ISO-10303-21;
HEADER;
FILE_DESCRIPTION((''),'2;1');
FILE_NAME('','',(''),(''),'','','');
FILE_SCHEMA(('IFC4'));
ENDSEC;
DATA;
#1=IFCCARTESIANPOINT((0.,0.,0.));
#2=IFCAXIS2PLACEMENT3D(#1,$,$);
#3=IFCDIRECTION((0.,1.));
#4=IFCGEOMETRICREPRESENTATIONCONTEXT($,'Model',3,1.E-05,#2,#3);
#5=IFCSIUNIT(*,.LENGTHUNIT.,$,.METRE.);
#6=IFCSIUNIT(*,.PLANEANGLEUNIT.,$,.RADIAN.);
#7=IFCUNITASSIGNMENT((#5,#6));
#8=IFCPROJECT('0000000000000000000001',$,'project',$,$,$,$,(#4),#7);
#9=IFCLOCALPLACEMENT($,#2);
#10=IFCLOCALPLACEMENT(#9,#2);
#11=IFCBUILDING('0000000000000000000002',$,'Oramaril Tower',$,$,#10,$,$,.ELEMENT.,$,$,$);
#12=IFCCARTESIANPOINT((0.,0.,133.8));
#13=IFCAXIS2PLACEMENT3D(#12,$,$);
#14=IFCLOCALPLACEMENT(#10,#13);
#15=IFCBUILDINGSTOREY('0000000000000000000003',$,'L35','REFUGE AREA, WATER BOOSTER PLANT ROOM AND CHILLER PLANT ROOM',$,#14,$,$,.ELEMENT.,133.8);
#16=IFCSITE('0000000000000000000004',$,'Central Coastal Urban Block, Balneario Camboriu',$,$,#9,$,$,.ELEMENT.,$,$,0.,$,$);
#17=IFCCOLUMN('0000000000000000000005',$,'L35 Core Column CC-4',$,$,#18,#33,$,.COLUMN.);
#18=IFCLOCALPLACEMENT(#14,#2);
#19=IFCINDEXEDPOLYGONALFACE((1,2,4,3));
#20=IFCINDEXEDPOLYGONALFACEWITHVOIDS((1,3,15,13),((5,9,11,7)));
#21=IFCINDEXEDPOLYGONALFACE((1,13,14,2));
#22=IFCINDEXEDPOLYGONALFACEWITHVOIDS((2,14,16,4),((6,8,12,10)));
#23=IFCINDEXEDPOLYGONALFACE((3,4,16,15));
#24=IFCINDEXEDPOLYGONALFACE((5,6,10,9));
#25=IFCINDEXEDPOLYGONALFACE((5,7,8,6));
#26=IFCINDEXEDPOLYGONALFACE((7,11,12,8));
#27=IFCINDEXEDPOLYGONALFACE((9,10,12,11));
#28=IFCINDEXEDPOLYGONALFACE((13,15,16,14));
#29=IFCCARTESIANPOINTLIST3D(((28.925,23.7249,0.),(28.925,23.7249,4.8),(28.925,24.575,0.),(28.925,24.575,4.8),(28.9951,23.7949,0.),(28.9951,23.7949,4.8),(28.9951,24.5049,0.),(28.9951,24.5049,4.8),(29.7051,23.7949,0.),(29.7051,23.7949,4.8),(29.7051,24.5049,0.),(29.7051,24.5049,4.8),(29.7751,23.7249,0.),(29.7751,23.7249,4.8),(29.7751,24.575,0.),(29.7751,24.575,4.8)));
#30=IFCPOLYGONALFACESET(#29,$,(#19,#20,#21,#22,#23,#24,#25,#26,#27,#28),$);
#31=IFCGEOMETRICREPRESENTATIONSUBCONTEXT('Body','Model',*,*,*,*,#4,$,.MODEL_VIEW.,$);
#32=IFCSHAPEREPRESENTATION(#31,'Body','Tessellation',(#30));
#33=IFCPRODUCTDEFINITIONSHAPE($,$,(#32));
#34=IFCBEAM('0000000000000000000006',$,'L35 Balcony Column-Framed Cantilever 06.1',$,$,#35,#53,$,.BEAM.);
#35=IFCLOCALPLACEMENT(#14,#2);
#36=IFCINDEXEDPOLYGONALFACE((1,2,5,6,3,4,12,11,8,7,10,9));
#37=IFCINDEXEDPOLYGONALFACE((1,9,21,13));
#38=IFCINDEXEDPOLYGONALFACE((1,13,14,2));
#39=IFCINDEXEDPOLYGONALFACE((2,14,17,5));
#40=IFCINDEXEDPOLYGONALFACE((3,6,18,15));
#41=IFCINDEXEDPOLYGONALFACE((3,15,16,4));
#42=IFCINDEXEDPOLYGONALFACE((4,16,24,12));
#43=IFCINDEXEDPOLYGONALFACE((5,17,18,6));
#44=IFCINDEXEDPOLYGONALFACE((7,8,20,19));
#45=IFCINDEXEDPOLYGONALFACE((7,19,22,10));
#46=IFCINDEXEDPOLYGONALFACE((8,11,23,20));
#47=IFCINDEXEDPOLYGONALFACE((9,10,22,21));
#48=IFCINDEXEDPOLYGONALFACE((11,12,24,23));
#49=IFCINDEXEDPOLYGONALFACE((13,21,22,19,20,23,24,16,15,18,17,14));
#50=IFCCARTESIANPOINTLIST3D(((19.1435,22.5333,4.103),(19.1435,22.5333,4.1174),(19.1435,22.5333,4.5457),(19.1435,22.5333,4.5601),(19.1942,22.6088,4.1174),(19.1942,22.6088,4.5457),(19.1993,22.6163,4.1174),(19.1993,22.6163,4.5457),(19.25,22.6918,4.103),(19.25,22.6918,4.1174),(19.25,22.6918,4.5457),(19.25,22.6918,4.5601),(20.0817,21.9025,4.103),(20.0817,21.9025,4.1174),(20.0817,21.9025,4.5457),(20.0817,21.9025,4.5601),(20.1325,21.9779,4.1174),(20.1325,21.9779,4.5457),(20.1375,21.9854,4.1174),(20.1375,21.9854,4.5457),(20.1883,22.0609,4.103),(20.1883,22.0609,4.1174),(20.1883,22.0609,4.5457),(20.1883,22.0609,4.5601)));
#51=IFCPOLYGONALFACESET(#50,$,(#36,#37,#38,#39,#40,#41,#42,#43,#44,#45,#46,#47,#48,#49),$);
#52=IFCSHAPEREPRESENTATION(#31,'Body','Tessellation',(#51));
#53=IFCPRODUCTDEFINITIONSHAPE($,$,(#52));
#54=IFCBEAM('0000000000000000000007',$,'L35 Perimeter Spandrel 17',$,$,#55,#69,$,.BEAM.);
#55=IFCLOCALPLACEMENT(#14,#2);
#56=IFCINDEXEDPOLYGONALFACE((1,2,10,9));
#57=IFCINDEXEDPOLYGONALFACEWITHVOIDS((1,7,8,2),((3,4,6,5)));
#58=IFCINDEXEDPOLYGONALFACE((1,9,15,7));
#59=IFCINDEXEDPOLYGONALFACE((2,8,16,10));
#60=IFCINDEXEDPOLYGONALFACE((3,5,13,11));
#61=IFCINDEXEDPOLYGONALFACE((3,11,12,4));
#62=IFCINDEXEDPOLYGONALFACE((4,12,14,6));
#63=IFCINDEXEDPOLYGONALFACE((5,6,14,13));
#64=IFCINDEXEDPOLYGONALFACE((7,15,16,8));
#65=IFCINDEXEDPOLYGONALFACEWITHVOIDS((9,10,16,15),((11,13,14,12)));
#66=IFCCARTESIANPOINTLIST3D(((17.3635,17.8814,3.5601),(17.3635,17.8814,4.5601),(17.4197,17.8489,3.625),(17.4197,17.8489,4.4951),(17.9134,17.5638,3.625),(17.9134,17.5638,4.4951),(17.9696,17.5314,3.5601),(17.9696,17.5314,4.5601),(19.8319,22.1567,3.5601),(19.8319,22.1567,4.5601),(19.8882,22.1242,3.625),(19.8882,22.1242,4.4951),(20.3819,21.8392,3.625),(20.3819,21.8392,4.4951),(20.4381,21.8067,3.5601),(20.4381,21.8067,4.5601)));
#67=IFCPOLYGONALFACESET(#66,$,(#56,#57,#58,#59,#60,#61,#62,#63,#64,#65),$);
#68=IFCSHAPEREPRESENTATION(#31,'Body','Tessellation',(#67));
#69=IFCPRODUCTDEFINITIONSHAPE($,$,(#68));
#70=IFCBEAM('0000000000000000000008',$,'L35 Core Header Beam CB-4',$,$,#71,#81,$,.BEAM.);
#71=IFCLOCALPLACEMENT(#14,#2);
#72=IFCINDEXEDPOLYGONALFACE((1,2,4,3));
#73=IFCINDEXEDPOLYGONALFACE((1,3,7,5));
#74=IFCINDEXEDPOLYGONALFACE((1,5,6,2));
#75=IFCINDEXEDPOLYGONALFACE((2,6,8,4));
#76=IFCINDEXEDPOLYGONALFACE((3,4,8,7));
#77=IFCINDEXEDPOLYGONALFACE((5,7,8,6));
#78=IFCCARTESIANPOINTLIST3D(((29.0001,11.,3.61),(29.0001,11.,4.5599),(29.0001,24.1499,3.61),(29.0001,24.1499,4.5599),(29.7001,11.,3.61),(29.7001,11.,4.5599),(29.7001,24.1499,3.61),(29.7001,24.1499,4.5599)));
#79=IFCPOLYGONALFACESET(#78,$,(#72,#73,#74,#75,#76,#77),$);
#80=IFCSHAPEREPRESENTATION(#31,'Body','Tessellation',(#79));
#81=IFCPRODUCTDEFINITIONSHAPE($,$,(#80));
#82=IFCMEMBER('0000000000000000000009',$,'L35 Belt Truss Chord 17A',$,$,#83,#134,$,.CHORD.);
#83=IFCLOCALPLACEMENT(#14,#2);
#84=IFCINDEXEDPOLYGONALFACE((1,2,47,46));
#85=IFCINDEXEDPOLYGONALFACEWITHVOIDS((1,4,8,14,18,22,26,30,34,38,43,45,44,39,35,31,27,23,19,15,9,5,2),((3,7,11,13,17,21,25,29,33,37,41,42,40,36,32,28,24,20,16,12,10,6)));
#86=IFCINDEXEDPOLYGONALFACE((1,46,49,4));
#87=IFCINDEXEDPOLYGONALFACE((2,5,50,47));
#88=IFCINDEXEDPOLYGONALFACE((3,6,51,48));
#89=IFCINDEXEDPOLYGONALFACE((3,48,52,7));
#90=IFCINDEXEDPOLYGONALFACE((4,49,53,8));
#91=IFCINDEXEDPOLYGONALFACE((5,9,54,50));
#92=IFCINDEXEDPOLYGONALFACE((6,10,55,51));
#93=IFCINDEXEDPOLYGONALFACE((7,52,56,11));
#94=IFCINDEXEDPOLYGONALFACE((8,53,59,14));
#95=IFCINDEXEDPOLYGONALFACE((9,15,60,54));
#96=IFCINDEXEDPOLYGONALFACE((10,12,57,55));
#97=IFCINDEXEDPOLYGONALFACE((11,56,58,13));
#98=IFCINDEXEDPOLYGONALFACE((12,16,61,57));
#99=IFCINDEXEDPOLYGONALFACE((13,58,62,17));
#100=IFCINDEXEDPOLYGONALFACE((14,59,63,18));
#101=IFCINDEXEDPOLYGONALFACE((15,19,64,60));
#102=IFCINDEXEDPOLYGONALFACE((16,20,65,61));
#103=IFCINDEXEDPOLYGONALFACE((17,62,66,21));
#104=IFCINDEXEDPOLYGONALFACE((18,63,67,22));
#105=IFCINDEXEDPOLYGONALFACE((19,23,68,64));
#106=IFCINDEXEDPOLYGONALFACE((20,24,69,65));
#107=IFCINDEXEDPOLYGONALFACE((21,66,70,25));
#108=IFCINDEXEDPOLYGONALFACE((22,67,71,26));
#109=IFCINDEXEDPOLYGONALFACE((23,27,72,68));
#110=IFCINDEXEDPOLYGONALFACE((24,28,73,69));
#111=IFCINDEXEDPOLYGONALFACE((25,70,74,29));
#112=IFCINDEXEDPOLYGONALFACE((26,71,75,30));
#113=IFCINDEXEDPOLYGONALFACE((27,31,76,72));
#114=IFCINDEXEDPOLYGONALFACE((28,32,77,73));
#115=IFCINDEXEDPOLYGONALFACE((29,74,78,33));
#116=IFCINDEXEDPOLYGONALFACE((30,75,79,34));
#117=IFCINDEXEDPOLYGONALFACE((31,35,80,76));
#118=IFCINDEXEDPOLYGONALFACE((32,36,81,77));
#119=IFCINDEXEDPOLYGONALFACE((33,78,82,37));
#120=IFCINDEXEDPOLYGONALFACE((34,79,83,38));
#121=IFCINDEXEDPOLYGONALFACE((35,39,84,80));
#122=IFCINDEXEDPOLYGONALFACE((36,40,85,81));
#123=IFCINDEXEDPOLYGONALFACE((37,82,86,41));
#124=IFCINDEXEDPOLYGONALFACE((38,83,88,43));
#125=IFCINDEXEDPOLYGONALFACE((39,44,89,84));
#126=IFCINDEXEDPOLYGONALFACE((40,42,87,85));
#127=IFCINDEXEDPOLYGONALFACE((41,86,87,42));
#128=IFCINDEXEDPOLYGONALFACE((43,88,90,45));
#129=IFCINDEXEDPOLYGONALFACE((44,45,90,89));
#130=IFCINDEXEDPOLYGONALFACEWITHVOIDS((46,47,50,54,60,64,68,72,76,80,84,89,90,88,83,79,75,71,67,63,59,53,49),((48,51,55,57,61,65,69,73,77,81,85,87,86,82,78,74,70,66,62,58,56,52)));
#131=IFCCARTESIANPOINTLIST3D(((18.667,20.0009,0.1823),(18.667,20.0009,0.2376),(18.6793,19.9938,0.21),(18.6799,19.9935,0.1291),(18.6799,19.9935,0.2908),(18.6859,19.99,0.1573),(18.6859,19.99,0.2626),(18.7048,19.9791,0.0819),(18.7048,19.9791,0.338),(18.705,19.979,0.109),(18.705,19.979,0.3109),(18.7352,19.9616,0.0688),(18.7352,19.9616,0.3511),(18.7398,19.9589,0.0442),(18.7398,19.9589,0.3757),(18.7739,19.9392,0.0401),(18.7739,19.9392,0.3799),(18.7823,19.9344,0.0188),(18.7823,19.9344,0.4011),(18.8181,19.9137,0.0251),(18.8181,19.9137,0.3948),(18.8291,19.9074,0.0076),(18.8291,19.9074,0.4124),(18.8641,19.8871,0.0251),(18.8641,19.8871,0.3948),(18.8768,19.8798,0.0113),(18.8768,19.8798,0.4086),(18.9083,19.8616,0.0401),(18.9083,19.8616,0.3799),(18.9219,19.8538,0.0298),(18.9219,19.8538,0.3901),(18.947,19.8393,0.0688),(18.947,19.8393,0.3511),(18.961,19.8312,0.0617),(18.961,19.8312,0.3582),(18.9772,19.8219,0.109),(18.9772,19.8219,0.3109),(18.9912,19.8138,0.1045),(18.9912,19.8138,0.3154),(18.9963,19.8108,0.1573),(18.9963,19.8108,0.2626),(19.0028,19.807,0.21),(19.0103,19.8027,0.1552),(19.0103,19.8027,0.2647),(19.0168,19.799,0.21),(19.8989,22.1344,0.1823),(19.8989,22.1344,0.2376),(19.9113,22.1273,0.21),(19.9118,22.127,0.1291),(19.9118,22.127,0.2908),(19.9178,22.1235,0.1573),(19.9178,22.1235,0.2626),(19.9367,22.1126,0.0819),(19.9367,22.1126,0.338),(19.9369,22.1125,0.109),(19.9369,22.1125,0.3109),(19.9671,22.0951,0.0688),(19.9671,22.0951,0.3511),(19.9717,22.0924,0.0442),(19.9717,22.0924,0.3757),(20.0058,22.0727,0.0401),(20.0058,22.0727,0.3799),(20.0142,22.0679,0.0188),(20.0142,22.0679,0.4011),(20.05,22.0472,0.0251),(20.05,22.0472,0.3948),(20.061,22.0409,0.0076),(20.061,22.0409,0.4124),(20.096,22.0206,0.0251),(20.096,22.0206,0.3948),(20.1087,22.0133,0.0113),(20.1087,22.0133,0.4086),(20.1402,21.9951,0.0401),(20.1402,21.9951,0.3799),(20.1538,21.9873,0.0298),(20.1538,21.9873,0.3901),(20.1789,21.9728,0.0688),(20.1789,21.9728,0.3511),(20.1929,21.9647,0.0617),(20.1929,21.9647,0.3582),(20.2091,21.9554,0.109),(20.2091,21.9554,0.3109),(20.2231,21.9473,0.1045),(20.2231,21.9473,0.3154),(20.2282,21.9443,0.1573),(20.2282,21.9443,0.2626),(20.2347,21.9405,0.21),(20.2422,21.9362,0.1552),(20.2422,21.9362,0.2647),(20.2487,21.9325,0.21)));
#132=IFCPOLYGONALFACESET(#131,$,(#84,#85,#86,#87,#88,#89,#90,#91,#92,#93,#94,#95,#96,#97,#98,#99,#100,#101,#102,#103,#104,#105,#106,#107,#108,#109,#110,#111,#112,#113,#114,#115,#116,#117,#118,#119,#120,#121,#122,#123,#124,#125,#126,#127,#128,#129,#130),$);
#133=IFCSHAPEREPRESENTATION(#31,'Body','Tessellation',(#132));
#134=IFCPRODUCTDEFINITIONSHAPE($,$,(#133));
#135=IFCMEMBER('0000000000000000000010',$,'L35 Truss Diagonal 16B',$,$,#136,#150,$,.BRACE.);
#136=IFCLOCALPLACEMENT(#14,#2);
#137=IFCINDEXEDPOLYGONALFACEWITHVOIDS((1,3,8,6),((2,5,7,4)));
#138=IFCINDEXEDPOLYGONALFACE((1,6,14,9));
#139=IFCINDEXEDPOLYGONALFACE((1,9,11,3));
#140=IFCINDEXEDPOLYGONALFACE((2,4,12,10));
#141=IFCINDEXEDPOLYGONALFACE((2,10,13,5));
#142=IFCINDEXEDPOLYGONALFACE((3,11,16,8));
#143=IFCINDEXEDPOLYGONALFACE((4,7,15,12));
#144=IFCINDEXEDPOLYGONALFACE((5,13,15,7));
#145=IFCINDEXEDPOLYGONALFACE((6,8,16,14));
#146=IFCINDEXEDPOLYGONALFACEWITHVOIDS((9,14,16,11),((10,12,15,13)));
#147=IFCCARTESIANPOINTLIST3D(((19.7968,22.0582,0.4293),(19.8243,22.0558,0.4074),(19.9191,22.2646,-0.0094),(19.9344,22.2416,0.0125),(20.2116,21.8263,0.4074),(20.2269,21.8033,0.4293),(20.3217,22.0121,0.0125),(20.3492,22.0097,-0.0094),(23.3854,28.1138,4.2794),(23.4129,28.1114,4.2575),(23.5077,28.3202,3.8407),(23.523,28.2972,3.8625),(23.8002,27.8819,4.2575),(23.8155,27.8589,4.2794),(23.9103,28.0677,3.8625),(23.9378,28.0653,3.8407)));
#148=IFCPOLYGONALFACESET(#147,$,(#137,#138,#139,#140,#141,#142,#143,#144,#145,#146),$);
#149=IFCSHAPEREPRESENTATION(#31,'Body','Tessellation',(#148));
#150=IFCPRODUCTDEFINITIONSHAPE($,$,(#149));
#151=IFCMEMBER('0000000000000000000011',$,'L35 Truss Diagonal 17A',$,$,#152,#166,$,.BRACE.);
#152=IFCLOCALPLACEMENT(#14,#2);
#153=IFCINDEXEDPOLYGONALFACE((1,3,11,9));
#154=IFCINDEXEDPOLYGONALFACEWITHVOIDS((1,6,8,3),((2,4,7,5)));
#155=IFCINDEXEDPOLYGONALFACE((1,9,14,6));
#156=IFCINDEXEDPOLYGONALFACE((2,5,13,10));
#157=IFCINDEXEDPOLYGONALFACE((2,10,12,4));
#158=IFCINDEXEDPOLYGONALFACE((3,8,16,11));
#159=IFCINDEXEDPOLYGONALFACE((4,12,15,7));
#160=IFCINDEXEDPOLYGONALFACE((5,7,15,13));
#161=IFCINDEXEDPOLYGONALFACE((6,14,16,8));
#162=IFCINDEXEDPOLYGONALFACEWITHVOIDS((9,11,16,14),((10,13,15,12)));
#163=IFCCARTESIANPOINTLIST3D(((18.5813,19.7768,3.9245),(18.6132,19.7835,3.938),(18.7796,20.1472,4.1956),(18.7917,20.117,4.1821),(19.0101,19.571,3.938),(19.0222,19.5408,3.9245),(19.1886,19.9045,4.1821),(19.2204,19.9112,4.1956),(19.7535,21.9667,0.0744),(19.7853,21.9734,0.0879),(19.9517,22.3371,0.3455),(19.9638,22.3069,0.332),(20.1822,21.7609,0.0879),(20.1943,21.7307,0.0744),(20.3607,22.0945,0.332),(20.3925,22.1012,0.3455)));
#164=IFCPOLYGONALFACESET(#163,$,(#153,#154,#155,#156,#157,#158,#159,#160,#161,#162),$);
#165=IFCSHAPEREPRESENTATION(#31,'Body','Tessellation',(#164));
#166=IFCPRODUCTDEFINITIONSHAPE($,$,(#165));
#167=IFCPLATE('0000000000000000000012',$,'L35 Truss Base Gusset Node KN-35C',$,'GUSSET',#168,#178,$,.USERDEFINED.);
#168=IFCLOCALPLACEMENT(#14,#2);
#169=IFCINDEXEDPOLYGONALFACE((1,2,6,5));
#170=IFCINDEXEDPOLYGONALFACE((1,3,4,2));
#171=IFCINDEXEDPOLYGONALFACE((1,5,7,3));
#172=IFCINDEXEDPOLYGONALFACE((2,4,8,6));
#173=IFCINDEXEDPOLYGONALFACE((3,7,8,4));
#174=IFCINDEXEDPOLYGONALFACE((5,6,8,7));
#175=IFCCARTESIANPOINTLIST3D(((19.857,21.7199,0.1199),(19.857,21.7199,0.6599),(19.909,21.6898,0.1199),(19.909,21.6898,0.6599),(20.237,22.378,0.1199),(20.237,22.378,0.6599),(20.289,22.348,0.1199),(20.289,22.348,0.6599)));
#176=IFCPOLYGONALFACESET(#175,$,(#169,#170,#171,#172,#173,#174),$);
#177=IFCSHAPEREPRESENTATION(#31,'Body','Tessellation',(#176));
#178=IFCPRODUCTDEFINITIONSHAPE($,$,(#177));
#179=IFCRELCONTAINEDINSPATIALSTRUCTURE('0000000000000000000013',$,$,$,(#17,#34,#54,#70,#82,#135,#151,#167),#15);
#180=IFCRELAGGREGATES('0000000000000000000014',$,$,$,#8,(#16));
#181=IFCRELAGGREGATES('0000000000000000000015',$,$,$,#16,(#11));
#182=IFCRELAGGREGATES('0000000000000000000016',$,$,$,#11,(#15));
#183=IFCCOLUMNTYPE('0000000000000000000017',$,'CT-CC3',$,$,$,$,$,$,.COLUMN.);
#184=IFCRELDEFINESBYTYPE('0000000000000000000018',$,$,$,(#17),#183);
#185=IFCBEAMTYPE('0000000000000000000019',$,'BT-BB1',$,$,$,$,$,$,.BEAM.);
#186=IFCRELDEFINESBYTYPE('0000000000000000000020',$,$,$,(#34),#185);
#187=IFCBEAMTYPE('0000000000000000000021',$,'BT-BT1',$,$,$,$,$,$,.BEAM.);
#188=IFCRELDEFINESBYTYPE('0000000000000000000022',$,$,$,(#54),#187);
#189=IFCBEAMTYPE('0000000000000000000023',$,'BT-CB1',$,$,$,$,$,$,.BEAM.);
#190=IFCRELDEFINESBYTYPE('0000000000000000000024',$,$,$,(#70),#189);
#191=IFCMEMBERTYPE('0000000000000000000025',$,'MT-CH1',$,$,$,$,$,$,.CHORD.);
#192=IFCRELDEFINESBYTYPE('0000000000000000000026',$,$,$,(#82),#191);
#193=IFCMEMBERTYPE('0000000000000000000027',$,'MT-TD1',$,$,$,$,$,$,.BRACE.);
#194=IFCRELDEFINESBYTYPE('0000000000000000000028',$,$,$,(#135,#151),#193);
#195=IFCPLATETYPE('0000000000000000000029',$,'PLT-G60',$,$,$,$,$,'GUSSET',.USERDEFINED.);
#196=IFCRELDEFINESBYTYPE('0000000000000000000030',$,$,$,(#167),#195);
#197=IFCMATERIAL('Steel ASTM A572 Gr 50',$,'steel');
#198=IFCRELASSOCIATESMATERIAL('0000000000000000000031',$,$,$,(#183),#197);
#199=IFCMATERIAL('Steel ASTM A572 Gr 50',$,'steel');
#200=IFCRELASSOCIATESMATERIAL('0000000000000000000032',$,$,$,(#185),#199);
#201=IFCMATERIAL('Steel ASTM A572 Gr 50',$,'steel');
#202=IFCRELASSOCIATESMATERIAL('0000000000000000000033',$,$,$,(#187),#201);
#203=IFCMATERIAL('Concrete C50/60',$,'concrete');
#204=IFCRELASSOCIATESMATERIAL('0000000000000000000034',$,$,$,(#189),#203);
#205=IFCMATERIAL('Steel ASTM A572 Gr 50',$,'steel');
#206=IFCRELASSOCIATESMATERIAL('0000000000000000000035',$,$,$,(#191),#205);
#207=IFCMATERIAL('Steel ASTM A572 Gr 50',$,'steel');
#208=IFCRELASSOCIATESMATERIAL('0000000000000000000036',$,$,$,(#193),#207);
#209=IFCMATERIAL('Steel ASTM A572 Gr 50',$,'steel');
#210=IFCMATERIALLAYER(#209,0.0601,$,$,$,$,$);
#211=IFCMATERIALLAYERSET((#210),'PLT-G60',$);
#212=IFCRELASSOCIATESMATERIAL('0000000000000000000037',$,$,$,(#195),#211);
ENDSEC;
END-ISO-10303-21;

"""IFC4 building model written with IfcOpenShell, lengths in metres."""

from ifc_helpers import new_model, si_unit, direction, frame, origin, origin_2d, place, context, subcontext, project, spatial, rectangle, hollow_rectangle, hollow_circle, i_section, extrude, material, layer, layer_set, material_profile, profile_set, type_object, element, save


model = new_model("IFC4")

# Units and contexts
model_context = context("Model", 3, precision=1e-05, world=origin(), true_north=direction((0.0, 1.0)))
body_context = subcontext(model_context, "Body", "Model", "MODEL_VIEW")
ifc_project = project(units=[si_unit("LENGTHUNIT", "METRE"), si_unit("PLANEANGLEUNIT", "RADIAN")], contexts=[model_context])

# Site, building, storey
site_placement = place(None, origin())
site = spatial("IfcSite", under=ifc_project, at=site_placement, Name="Central Coastal Urban Block, Balneario Camboriu", CompositionType="ELEMENT", RefElevation=0.0)
building_placement = place(site_placement, origin())
building = spatial("IfcBuilding", under=site, at=building_placement, Name="Oramaril Tower", CompositionType="ELEMENT")
storey_placement = place(building_placement, frame((0.0, 0.0, 133.8)))
storey = spatial("IfcBuildingStorey", under=building, at=storey_placement, Name="L35", Description="REFUGE AREA, WATER BOOSTER PLANT ROOM AND CHILLER PLANT ROOM", CompositionType="ELEMENT", Elevation=133.8)

# Column
ifc_material_1 = material(Name="Steel ASTM A572 Gr 50", Category="steel")
ifc_material_profile_1 = material_profile(ifc_material_1, hollow_rectangle(XDim=0.8501, YDim=0.8501, WallThickness=0.0701, at=origin_2d()), Name="BOX850X850X70")
ifc_profile_set_1 = profile_set([ifc_material_profile_1], Name="Steel ASTM A572 Gr 50")
column_type = type_object("IfcColumnType", Name="CT-CC3", PredefinedType="COLUMN", material=ifc_profile_set_1)
column_placement = place(storey_placement, frame((29.3501, 24.1499, 0.0), z_axis=(0.0, 0.0, 1.0), x_axis=(1.0, 0.0, 0.0)))
element("IfcColumn", 1, at=column_placement, inside=storey, type_object=column_type, Name="L35 Core Column CC-4", PredefinedType="COLUMN", context=body_context, shape_type="SweptSolid", body=[
    extrude(hollow_rectangle(XDim=0.8501, YDim=0.8501, WallThickness=0.0701, at=origin_2d()), origin(), (0.0, 0.0, 1.0), 4.8),
])

# Beams
ifc_material_2 = material(Name="Steel ASTM A572 Gr 50", Category="steel")
ifc_material_profile_2 = material_profile(ifc_material_2, i_section(OverallWidth=0.1909, OverallDepth=0.457, WebThickness=0.009, FlangeThickness=0.0144, at=origin_2d()), Name="W18X50")
ifc_profile_set_2 = profile_set([ifc_material_profile_2], Name="Steel ASTM A572 Gr 50")
beam_type_1 = type_object("IfcBeamType", Name="BT-BB1", PredefinedType="BEAM", material=ifc_profile_set_2)
beam_1_placement = place(storey_placement, frame((20.135, 21.9817, 4.3315), z_axis=(-0.829851, 0.557985, 0.0), x_axis=(-0.557985, -0.829851, 0.0)))
element("IfcBeam", 2, at=beam_1_placement, inside=storey, type_object=beam_type_1, Name="L35 Balcony Column-Framed Cantilever 06.1", PredefinedType="BEAM", context=body_context, shape_type="SweptSolid", body=[
    extrude(i_section(OverallWidth=0.1909, OverallDepth=0.457, WebThickness=0.009, FlangeThickness=0.0144, at=origin_2d()), origin(), (0.0, 0.0, 1.0), 1.1306),
])
ifc_material_3 = material(Name="Steel ASTM A572 Gr 50", Category="steel")
ifc_material_profile_3 = material_profile(ifc_material_3, hollow_rectangle(XDim=0.7, YDim=1.0, WallThickness=0.0649, at=origin_2d()), Name="BOX1000X700X65")
ifc_profile_set_3 = profile_set([ifc_material_profile_3], Name="Steel ASTM A572 Gr 50")
beam_type_2 = type_object("IfcBeamType", Name="BT-BT1", PredefinedType="BEAM", material=ifc_profile_set_3)
beam_2_placement = place(storey_placement, frame((20.135, 21.9817, 4.0601), z_axis=(-0.500016, -0.866016, 0.0), x_axis=(0.866016, -0.500016, 0.0)))
element("IfcBeam", 3, at=beam_2_placement, inside=storey, type_object=beam_type_2, Name="L35 Perimeter Spandrel 17", PredefinedType="BEAM", context=body_context, shape_type="SweptSolid", body=[
    extrude(hollow_rectangle(XDim=0.7, YDim=1.0, WallThickness=0.0649, at=origin_2d()), origin(), (0.0, 0.0, 1.0), 4.9368),
])
ifc_material_4 = material(Name="Concrete C50/60", Category="concrete")
ifc_material_profile_4 = material_profile(ifc_material_4, rectangle(XDim=0.7, YDim=0.95, at=origin_2d()), Name="CB700X950")
ifc_profile_set_4 = profile_set([ifc_material_profile_4], Name="Concrete C50/60")
beam_type_3 = type_object("IfcBeamType", Name="BT-CB1", PredefinedType="BEAM", material=ifc_profile_set_4)
beam_3_placement = place(storey_placement, frame((29.3501, 24.1499, 4.085), z_axis=(0.0, -1.0, 0.0), x_axis=(1.0, 0.0, 0.0)))
element("IfcBeam", 4, at=beam_3_placement, inside=storey, type_object=beam_type_3, Name="L35 Core Header Beam CB-4", PredefinedType="BEAM", context=body_context, shape_type="SweptSolid", body=[
    extrude(rectangle(XDim=0.7, YDim=0.95, at=origin_2d()), origin(), (0.0, 0.0, 1.0), 13.1499),
])

# Members
ifc_material_5 = material(Name="Steel ASTM A572 Gr 50", Category="steel")
ifc_material_profile_5 = material_profile(ifc_material_5, hollow_circle(Radius=0.2029, WallThickness=0.0161, at=origin_2d()), Name="CHS406X16")
ifc_profile_set_5 = profile_set([ifc_material_profile_5], Name="Steel ASTM A572 Gr 50")
member_type_1 = type_object("IfcMemberType", Name="MT-CH1", PredefinedType="CHORD", material=ifc_profile_set_5)
member_1_placement = place(storey_placement, frame((20.073, 22.0339, 0.21), z_axis=(-0.50004, -0.866002, 0.0), x_axis=(0.866002, -0.50004, 0.0)))
element("IfcMember", 5, at=member_1_placement, inside=storey, type_object=member_type_1, Name="L35 Belt Truss Chord 17A", PredefinedType="CHORD", context=body_context, shape_type="SweptSolid", body=[
    extrude(hollow_circle(Radius=0.2029, WallThickness=0.0161, at=origin_2d()), origin(), (0.0, 0.0, 1.0), 2.4636),
])
ifc_material_6 = material(Name="Steel ASTM A572 Gr 50", Category="steel")
ifc_material_profile_6 = material_profile(ifc_material_6, hollow_rectangle(XDim=0.5, YDim=0.5, WallThickness=0.0249, at=origin_2d()), Name="HSS500X500X25")
ifc_profile_set_6 = profile_set([ifc_material_profile_6], Name="Steel ASTM A572 Gr 50")
member_type_2 = type_object("IfcMemberType", Name="MT-TD1", PredefinedType="BRACE", material=ifc_profile_set_6)
member_2_placement = place(storey_placement, frame((20.073, 22.0339, 0.21), z_axis=(0.447278, 0.754765, 0.479868), x_axis=(-0.860286, 0.509811, 0.0)))
element("IfcMember", 6, at=member_2_placement, inside=storey, type_object=member_type_2, Name="L35 Truss Diagonal 16B", PredefinedType="BRACE", context=body_context, shape_type="SweptSolid", body=[
    extrude(hollow_rectangle(XDim=0.5, YDim=0.5, WallThickness=0.0249, at=origin_2d()), origin(), (0.0, 0.0, 1.0), 8.0232),
])
member_3_placement = place(storey_placement, frame((20.073, 22.0339, 0.21), z_axis=(-0.25582, -0.477965, 0.840301), x_axis=(0.881658, -0.471889, 0.0)))
element("IfcMember", 7, at=member_3_placement, inside=storey, type_object=member_type_2, Name="L35 Truss Diagonal 17A", PredefinedType="BRACE", context=body_context, shape_type="SweptSolid", body=[
    extrude(hollow_rectangle(XDim=0.5, YDim=0.5, WallThickness=0.0249, at=origin_2d()), origin(), (0.0, 0.0, 1.0), 4.5818),
])

# Plate
ifc_material_7 = material(Name="Steel ASTM A572 Gr 50", Category="steel")
ifc_layer_1 = layer(ifc_material_7, 0.0601)
ifc_layer_set_1 = layer_set([ifc_layer_1], Name="PLT-G60")
plate_type = type_object("IfcPlateType", Name="PLT-G60", ElementType="GUSSET", PredefinedType="USERDEFINED", material=ifc_layer_set_1)
plate_placement = place(storey_placement, frame((20.073, 22.0339, 0.1199), z_axis=(0.0, 0.0, 1.0), x_axis=(-0.500003, -0.866024, 0.0)))
element("IfcPlate", 8, at=plate_placement, inside=storey, type_object=plate_type, Name="L35 Truss Base Gusset Node KN-35C", ObjectType="GUSSET", PredefinedType="USERDEFINED", context=body_context, shape_type="SweptSolid", body=[
    extrude(rectangle(XDim=0.76, YDim=0.0601, at=origin_2d()), origin(), (0.0, 0.0, 1.0), 0.54),
])

save(model, "model.ifc")
